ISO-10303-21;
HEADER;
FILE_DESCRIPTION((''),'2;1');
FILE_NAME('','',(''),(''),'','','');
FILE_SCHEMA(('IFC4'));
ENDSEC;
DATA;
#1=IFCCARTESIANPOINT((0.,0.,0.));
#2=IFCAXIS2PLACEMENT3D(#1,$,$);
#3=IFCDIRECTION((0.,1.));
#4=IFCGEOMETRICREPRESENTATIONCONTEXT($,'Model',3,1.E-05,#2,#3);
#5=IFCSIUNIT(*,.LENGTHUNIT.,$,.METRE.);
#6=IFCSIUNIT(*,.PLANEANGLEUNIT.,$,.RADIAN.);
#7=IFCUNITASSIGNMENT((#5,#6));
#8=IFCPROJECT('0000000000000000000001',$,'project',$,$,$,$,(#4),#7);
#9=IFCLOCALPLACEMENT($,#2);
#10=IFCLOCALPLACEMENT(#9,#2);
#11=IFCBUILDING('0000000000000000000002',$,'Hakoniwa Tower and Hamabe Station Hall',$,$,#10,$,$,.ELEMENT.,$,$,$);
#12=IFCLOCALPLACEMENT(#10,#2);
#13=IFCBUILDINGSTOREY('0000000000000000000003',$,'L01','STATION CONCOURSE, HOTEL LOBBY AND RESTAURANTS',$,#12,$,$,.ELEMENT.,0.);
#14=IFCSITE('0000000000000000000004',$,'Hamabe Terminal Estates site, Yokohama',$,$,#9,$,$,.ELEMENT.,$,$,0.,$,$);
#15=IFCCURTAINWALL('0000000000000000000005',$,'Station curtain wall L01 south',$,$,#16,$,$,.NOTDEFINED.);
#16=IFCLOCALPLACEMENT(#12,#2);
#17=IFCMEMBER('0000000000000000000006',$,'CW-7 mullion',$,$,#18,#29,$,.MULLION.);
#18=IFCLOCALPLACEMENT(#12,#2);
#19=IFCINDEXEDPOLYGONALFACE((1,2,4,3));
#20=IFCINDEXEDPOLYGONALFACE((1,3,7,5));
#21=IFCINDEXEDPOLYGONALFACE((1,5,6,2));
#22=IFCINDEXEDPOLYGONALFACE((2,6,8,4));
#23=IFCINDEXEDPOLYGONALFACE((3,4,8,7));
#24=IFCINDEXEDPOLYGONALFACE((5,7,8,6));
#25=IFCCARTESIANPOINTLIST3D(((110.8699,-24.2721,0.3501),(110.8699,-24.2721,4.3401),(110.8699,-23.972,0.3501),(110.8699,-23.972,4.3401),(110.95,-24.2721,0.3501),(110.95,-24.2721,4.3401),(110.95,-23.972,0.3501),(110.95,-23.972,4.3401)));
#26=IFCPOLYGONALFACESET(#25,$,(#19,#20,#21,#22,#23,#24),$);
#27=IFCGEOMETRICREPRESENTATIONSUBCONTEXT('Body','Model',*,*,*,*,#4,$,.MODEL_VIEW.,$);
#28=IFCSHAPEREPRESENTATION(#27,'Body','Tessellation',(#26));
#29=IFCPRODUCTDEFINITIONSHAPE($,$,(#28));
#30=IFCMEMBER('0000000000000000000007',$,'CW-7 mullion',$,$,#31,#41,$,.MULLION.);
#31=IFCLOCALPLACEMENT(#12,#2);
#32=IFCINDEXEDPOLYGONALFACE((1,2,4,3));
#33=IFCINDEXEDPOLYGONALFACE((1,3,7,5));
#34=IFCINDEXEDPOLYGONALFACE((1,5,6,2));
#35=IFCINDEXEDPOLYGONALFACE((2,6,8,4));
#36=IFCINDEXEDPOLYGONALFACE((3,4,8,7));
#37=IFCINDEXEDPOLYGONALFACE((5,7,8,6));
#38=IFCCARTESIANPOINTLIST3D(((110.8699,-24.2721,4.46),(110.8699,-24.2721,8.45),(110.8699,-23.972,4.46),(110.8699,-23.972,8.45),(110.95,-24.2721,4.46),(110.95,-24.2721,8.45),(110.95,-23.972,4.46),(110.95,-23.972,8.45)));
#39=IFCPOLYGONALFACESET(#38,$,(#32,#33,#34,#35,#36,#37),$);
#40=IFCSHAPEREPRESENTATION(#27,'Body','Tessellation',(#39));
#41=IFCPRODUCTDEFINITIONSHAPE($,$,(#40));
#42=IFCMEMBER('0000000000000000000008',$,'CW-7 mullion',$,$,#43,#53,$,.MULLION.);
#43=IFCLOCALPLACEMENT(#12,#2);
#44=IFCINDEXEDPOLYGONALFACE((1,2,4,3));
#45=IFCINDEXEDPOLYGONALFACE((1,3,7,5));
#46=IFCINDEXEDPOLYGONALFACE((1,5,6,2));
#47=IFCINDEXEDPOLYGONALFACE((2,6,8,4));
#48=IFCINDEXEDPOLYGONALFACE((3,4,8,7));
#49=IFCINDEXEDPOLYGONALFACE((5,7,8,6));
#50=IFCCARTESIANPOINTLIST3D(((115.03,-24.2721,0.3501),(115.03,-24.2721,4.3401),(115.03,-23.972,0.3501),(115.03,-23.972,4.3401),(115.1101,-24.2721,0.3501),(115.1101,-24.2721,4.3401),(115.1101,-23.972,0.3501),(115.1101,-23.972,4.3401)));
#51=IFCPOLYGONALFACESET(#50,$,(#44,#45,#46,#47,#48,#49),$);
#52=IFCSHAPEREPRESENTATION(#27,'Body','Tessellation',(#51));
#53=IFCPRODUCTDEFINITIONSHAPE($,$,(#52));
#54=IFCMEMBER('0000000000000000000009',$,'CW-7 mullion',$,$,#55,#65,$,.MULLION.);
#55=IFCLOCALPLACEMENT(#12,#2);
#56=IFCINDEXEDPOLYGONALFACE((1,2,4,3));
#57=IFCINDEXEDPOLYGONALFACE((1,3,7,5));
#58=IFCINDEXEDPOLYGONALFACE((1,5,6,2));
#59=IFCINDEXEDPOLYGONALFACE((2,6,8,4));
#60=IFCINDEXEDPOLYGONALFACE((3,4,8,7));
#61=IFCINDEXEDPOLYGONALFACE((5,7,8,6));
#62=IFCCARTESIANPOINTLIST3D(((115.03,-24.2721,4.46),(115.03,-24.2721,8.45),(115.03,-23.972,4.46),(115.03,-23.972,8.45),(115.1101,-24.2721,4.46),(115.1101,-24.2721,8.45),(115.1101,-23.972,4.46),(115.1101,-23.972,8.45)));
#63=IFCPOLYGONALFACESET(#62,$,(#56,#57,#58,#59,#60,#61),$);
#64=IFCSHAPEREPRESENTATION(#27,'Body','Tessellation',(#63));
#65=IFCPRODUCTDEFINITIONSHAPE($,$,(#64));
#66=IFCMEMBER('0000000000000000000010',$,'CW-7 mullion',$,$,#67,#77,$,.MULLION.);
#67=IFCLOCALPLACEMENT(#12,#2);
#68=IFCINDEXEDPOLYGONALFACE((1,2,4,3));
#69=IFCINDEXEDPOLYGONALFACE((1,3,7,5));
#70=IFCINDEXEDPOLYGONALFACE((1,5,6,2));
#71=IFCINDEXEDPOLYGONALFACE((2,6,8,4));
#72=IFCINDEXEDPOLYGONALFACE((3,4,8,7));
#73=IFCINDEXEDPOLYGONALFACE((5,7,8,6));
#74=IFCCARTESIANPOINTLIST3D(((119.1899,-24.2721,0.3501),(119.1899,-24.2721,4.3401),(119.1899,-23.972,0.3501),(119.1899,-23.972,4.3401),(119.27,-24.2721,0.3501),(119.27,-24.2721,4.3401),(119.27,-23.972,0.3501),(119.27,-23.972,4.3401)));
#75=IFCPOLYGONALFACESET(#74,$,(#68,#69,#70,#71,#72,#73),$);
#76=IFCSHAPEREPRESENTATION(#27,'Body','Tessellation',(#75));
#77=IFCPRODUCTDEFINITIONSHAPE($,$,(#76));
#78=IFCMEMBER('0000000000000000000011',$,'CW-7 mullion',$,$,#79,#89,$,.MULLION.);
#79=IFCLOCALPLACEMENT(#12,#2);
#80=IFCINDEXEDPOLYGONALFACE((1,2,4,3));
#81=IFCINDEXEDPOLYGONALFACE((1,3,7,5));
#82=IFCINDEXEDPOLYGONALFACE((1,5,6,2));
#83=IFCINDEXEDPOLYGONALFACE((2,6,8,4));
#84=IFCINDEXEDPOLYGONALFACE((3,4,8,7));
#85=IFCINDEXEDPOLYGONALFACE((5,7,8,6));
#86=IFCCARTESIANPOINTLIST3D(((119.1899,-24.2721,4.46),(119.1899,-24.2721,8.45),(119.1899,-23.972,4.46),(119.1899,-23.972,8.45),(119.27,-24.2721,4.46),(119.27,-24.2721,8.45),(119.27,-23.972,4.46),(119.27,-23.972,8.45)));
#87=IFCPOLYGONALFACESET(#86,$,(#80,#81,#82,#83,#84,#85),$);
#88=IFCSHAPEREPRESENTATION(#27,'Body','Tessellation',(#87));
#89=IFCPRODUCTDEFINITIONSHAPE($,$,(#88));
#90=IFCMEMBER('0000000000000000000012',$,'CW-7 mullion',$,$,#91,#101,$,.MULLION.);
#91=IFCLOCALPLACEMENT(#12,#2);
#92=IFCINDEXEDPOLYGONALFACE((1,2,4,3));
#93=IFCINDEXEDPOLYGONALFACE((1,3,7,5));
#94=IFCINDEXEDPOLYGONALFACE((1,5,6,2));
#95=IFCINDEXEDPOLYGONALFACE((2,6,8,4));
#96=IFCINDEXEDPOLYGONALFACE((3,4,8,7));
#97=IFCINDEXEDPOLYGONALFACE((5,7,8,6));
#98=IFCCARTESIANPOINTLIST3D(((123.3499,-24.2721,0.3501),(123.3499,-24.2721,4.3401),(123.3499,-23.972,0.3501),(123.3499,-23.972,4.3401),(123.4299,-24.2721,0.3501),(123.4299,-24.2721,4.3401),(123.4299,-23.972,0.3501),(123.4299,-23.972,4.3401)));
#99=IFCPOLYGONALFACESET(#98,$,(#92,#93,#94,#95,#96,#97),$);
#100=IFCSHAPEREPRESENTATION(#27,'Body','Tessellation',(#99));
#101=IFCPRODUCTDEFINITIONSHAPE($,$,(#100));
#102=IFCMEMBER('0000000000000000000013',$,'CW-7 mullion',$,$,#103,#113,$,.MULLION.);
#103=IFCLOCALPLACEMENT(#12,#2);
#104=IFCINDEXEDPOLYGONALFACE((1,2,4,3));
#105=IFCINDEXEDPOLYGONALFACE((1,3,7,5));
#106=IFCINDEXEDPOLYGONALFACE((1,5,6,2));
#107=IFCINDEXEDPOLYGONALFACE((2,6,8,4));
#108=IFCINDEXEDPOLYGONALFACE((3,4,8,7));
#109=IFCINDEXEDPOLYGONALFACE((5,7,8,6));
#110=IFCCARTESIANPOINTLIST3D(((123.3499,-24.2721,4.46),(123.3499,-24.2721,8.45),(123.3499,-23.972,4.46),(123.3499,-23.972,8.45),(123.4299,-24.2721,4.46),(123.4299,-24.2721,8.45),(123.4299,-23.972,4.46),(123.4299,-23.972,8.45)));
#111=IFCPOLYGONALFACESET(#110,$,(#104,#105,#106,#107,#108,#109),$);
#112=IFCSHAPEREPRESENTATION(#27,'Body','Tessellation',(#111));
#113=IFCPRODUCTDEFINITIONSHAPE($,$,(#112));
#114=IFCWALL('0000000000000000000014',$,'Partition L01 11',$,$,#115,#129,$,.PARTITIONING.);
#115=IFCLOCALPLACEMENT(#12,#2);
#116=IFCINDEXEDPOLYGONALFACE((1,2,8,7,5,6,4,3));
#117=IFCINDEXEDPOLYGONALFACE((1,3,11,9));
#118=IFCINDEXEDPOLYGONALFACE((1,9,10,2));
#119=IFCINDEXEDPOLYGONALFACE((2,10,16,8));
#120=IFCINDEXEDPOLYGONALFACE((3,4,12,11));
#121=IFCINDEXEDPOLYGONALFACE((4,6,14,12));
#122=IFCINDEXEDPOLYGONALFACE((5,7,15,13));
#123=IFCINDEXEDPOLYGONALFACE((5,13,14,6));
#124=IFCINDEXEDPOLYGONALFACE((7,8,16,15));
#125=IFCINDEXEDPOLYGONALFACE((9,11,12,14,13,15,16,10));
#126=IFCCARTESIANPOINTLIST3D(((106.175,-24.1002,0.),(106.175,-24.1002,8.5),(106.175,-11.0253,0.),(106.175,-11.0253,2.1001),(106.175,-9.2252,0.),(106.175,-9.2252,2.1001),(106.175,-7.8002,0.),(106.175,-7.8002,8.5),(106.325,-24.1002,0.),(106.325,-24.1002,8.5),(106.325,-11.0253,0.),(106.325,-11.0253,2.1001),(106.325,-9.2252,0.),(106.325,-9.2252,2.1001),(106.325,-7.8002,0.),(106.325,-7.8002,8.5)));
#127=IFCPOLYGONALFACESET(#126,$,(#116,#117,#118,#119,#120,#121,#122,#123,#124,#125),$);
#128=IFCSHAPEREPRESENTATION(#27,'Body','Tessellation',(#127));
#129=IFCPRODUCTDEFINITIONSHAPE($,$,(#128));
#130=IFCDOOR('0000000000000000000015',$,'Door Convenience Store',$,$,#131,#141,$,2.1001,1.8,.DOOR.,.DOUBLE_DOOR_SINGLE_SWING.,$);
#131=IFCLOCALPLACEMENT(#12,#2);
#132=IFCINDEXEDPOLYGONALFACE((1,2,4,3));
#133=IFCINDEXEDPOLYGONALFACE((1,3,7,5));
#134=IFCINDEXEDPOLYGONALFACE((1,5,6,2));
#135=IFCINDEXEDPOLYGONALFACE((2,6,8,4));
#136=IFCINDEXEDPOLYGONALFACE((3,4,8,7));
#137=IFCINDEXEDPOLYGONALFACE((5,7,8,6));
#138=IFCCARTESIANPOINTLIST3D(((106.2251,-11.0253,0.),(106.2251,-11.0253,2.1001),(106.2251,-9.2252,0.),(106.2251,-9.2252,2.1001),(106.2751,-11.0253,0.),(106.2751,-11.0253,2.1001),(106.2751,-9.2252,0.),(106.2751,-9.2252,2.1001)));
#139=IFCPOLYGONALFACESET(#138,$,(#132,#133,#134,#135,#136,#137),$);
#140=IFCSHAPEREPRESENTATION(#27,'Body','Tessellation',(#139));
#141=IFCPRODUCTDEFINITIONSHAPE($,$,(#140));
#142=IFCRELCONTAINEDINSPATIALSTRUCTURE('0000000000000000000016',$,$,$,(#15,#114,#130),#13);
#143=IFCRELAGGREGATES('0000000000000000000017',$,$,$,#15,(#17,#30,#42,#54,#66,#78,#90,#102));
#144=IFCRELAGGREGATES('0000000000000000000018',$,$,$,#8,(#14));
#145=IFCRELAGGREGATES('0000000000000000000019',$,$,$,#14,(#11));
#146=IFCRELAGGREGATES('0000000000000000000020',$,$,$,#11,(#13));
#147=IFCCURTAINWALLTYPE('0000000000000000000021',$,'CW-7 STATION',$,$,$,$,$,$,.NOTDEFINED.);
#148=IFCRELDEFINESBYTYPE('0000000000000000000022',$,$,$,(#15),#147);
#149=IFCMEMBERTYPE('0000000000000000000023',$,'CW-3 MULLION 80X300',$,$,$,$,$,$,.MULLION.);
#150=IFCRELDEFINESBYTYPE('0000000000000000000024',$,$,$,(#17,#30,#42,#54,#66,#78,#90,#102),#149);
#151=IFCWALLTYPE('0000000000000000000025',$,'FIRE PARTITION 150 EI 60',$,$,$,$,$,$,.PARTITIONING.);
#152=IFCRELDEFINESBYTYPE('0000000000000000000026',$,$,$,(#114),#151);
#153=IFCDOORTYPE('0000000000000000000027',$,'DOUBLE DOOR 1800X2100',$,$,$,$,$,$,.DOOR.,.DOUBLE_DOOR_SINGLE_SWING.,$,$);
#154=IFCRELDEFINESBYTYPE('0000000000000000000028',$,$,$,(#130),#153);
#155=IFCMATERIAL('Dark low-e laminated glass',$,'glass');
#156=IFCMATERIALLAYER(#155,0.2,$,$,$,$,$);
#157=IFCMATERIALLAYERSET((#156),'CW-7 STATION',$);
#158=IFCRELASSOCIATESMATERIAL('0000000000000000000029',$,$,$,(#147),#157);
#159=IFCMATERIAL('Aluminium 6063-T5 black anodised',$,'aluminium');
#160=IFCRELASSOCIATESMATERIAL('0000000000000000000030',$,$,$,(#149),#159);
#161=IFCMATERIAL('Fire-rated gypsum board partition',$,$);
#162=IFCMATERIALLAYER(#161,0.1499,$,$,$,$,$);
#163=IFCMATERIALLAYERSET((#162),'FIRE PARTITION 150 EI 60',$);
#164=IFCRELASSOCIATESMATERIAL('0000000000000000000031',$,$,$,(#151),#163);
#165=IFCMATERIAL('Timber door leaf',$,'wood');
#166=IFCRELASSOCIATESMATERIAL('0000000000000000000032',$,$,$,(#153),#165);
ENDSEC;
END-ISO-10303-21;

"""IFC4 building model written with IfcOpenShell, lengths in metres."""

from ifc_helpers import new_model, si_unit, direction, frame, frame_2d, origin, origin_2d, place, context, subcontext, project, spatial, rectangle, extrude, material, layer, layer_set, material_profile, profile_set, type_object, element, fill, aggregate, save


model = new_model("IFC4")

# Units and contexts
model_context = context("Model", 3, precision=1e-05, world=origin(), true_north=direction((0.0, 1.0)))
body_context = subcontext(model_context, "Body", "Model", "MODEL_VIEW")
ifc_project = project(units=[si_unit("LENGTHUNIT", "METRE"), si_unit("PLANEANGLEUNIT", "RADIAN")], contexts=[model_context])

# Site, building, storey
site_placement = place(None, origin())
site = spatial("IfcSite", under=ifc_project, at=site_placement, Name="Hamabe Terminal Estates site, Yokohama", CompositionType="ELEMENT", RefElevation=0.0)
building_placement = place(site_placement, origin())
building = spatial("IfcBuilding", under=site, at=building_placement, Name="Hakoniwa Tower and Hamabe Station Hall", CompositionType="ELEMENT")
storey_placement = place(building_placement, origin())
storey = spatial("IfcBuildingStorey", under=building, at=storey_placement, Name="L01", Description="STATION CONCOURSE, HOTEL LOBBY AND RESTAURANTS", CompositionType="ELEMENT", Elevation=0.0)

# Curtain wall, members
ifc_material_1 = material(Name="Dark low-e laminated glass", Category="glass")
ifc_layer_1 = layer(ifc_material_1, 0.2)
ifc_layer_set_1 = layer_set([ifc_layer_1], Name="CW-7 STATION")
curtain_wall_type = type_object("IfcCurtainWallType", Name="CW-7 STATION", PredefinedType="NOTDEFINED", material=ifc_layer_set_1)
curtain_wall_placement = place(storey_placement, origin())
curtain_wall = element("IfcCurtainWall", 1, at=curtain_wall_placement, inside=storey, type_object=curtain_wall_type, Name="Station curtain wall L01 south", PredefinedType="NOTDEFINED")
ifc_material_2 = material(Name="Aluminium 6063-T5 black anodised", Category="aluminium")
ifc_material_profile_1 = material_profile(ifc_material_2, rectangle(XDim=0.0801, YDim=0.3, at=origin_2d()), Name="CW-3 MULLION 80X300")
ifc_profile_set_1 = profile_set([ifc_material_profile_1], Name="Aluminium 6063-T5 black anodised")
member_type_1 = type_object("IfcMemberType", Name="CW-3 MULLION 80X300", PredefinedType="MULLION", material=ifc_profile_set_1)
member_1_placement = place(storey_placement, frame((110.9099, -24.1221, 0.3501), z_axis=(0.0, 0.0, 1.0), x_axis=(1.0, 0.0, 0.0)))
member_1 = element("IfcMember", 2, at=member_1_placement, type_object=member_type_1, Name="CW-7 mullion", PredefinedType="MULLION", context=body_context, shape_type="SweptSolid", body=[
    extrude(rectangle(XDim=0.0801, YDim=0.3, at=origin_2d()), origin(), (0.0, 0.0, 1.0), 3.99),
])
member_2_placement = place(storey_placement, frame((110.9099, -24.1221, 4.46), z_axis=(0.0, 0.0, 1.0), x_axis=(1.0, 0.0, 0.0)))
member_2 = element("IfcMember", 3, at=member_2_placement, type_object=member_type_1, Name="CW-7 mullion", PredefinedType="MULLION", context=body_context, shape_type="SweptSolid", body=[
    extrude(rectangle(XDim=0.0801, YDim=0.3, at=origin_2d()), origin(), (0.0, 0.0, 1.0), 3.99),
])
member_3_placement = place(storey_placement, frame((115.0701, -24.1221, 0.3501), z_axis=(0.0, 0.0, 1.0), x_axis=(1.0, 0.0, 0.0)))
member_3 = element("IfcMember", 4, at=member_3_placement, type_object=member_type_1, Name="CW-7 mullion", PredefinedType="MULLION", context=body_context, shape_type="SweptSolid", body=[
    extrude(rectangle(XDim=0.0801, YDim=0.3, at=origin_2d()), origin(), (0.0, 0.0, 1.0), 3.99),
])
member_4_placement = place(storey_placement, frame((115.0701, -24.1221, 4.46), z_axis=(0.0, 0.0, 1.0), x_axis=(1.0, 0.0, 0.0)))
member_4 = element("IfcMember", 5, at=member_4_placement, type_object=member_type_1, Name="CW-7 mullion", PredefinedType="MULLION", context=body_context, shape_type="SweptSolid", body=[
    extrude(rectangle(XDim=0.0801, YDim=0.3, at=origin_2d()), origin(), (0.0, 0.0, 1.0), 3.99),
])
member_5_placement = place(storey_placement, frame((119.23, -24.1221, 0.3501), z_axis=(0.0, 0.0, 1.0), x_axis=(1.0, 0.0, 0.0)))
member_5 = element("IfcMember", 6, at=member_5_placement, type_object=member_type_1, Name="CW-7 mullion", PredefinedType="MULLION", context=body_context, shape_type="SweptSolid", body=[
    extrude(rectangle(XDim=0.0801, YDim=0.3, at=origin_2d()), origin(), (0.0, 0.0, 1.0), 3.99),
])
member_6_placement = place(storey_placement, frame((119.23, -24.1221, 4.46), z_axis=(0.0, 0.0, 1.0), x_axis=(1.0, 0.0, 0.0)))
member_6 = element("IfcMember", 7, at=member_6_placement, type_object=member_type_1, Name="CW-7 mullion", PredefinedType="MULLION", context=body_context, shape_type="SweptSolid", body=[
    extrude(rectangle(XDim=0.0801, YDim=0.3, at=origin_2d()), origin(), (0.0, 0.0, 1.0), 3.99),
])
member_7_placement = place(storey_placement, frame((123.3899, -24.1221, 0.3501), z_axis=(0.0, 0.0, 1.0), x_axis=(1.0, 0.0, 0.0)))
member_7 = element("IfcMember", 8, at=member_7_placement, type_object=member_type_1, Name="CW-7 mullion", PredefinedType="MULLION", context=body_context, shape_type="SweptSolid", body=[
    extrude(rectangle(XDim=0.0801, YDim=0.3, at=origin_2d()), origin(), (0.0, 0.0, 1.0), 3.99),
])
member_8_placement = place(storey_placement, frame((123.3899, -24.1221, 4.46), z_axis=(0.0, 0.0, 1.0), x_axis=(1.0, 0.0, 0.0)))
member_8 = element("IfcMember", 9, at=member_8_placement, type_object=member_type_1, Name="CW-7 mullion", PredefinedType="MULLION", context=body_context, shape_type="SweptSolid", body=[
    extrude(rectangle(XDim=0.0801, YDim=0.3, at=origin_2d()), origin(), (0.0, 0.0, 1.0), 3.99),
])
aggregate(curtain_wall, [member_1, member_2, member_3, member_4, member_5, member_6, member_7, member_8])

# Wall, opening, door
ifc_material_3 = material(Name="Fire-rated gypsum board partition")
ifc_layer_2 = layer(ifc_material_3, 0.1499)
ifc_layer_set_2 = layer_set([ifc_layer_2], Name="FIRE PARTITION 150 EI 60")
wall_type = type_object("IfcWallType", Name="FIRE PARTITION 150 EI 60", PredefinedType="PARTITIONING", material=ifc_layer_set_2)
wall_placement = place(storey_placement, frame((106.25, -24.1001, 0.0), z_axis=(0.0, 0.0, 1.0), x_axis=(0.0, 1.0, 0.0)))
wall = element("IfcWall", 10, at=wall_placement, inside=storey, type_object=wall_type, Name="Partition L01 11", PredefinedType="PARTITIONING", context=body_context, shape_type="SweptSolid", body=[
    extrude(rectangle(XDim=16.3, YDim=0.1499, at=frame_2d((8.1499, 0.0))), origin(), (0.0, 0.0, 1.0), 8.5),
])
opening_placement = place(wall_placement, frame((13.075, 0.0, 0.0)))
opening = element("IfcOpeningElement", 11, at=opening_placement, cuts=wall, PredefinedType="OPENING", context=body_context, shape_type="SweptSolid", body=[
    extrude(rectangle(XDim=1.8, YDim=2.1001, at=frame_2d((0.8999, 1.05))), frame((0.0, 0.085, 0.0), z_axis=(0.0, -1.0, 0.0), x_axis=(1.0, 0.0, 0.0)), (0.0, 0.0, 1.0), 0.1699),
])
ifc_material_4 = material(Name="Timber door leaf", Category="wood")
door_type = type_object("IfcDoorType", Name="DOUBLE DOOR 1800X2100", OperationType="DOUBLE_DOOR_SINGLE_SWING", PredefinedType="DOOR", material=ifc_material_4)
door_placement = place(opening_placement, origin())
door = element("IfcDoor", 12, at=door_placement, inside=storey, type_object=door_type, Name="Door Convenience Store", OperationType="DOUBLE_DOOR_SINGLE_SWING", OverallHeight=2.1001, OverallWidth=1.8, PredefinedType="DOOR", context=body_context, shape_type="SweptSolid", body=[
    extrude(rectangle(XDim=1.8, YDim=2.1001, at=frame_2d((0.8999, 1.05))), frame((0.0, 0.0249, 0.0), z_axis=(0.0, -1.0, 0.0), x_axis=(1.0, 0.0, 0.0)), (0.0, 0.0, 1.0), 0.05),
])
fill(opening, door)

save(model, "model.ifc")
